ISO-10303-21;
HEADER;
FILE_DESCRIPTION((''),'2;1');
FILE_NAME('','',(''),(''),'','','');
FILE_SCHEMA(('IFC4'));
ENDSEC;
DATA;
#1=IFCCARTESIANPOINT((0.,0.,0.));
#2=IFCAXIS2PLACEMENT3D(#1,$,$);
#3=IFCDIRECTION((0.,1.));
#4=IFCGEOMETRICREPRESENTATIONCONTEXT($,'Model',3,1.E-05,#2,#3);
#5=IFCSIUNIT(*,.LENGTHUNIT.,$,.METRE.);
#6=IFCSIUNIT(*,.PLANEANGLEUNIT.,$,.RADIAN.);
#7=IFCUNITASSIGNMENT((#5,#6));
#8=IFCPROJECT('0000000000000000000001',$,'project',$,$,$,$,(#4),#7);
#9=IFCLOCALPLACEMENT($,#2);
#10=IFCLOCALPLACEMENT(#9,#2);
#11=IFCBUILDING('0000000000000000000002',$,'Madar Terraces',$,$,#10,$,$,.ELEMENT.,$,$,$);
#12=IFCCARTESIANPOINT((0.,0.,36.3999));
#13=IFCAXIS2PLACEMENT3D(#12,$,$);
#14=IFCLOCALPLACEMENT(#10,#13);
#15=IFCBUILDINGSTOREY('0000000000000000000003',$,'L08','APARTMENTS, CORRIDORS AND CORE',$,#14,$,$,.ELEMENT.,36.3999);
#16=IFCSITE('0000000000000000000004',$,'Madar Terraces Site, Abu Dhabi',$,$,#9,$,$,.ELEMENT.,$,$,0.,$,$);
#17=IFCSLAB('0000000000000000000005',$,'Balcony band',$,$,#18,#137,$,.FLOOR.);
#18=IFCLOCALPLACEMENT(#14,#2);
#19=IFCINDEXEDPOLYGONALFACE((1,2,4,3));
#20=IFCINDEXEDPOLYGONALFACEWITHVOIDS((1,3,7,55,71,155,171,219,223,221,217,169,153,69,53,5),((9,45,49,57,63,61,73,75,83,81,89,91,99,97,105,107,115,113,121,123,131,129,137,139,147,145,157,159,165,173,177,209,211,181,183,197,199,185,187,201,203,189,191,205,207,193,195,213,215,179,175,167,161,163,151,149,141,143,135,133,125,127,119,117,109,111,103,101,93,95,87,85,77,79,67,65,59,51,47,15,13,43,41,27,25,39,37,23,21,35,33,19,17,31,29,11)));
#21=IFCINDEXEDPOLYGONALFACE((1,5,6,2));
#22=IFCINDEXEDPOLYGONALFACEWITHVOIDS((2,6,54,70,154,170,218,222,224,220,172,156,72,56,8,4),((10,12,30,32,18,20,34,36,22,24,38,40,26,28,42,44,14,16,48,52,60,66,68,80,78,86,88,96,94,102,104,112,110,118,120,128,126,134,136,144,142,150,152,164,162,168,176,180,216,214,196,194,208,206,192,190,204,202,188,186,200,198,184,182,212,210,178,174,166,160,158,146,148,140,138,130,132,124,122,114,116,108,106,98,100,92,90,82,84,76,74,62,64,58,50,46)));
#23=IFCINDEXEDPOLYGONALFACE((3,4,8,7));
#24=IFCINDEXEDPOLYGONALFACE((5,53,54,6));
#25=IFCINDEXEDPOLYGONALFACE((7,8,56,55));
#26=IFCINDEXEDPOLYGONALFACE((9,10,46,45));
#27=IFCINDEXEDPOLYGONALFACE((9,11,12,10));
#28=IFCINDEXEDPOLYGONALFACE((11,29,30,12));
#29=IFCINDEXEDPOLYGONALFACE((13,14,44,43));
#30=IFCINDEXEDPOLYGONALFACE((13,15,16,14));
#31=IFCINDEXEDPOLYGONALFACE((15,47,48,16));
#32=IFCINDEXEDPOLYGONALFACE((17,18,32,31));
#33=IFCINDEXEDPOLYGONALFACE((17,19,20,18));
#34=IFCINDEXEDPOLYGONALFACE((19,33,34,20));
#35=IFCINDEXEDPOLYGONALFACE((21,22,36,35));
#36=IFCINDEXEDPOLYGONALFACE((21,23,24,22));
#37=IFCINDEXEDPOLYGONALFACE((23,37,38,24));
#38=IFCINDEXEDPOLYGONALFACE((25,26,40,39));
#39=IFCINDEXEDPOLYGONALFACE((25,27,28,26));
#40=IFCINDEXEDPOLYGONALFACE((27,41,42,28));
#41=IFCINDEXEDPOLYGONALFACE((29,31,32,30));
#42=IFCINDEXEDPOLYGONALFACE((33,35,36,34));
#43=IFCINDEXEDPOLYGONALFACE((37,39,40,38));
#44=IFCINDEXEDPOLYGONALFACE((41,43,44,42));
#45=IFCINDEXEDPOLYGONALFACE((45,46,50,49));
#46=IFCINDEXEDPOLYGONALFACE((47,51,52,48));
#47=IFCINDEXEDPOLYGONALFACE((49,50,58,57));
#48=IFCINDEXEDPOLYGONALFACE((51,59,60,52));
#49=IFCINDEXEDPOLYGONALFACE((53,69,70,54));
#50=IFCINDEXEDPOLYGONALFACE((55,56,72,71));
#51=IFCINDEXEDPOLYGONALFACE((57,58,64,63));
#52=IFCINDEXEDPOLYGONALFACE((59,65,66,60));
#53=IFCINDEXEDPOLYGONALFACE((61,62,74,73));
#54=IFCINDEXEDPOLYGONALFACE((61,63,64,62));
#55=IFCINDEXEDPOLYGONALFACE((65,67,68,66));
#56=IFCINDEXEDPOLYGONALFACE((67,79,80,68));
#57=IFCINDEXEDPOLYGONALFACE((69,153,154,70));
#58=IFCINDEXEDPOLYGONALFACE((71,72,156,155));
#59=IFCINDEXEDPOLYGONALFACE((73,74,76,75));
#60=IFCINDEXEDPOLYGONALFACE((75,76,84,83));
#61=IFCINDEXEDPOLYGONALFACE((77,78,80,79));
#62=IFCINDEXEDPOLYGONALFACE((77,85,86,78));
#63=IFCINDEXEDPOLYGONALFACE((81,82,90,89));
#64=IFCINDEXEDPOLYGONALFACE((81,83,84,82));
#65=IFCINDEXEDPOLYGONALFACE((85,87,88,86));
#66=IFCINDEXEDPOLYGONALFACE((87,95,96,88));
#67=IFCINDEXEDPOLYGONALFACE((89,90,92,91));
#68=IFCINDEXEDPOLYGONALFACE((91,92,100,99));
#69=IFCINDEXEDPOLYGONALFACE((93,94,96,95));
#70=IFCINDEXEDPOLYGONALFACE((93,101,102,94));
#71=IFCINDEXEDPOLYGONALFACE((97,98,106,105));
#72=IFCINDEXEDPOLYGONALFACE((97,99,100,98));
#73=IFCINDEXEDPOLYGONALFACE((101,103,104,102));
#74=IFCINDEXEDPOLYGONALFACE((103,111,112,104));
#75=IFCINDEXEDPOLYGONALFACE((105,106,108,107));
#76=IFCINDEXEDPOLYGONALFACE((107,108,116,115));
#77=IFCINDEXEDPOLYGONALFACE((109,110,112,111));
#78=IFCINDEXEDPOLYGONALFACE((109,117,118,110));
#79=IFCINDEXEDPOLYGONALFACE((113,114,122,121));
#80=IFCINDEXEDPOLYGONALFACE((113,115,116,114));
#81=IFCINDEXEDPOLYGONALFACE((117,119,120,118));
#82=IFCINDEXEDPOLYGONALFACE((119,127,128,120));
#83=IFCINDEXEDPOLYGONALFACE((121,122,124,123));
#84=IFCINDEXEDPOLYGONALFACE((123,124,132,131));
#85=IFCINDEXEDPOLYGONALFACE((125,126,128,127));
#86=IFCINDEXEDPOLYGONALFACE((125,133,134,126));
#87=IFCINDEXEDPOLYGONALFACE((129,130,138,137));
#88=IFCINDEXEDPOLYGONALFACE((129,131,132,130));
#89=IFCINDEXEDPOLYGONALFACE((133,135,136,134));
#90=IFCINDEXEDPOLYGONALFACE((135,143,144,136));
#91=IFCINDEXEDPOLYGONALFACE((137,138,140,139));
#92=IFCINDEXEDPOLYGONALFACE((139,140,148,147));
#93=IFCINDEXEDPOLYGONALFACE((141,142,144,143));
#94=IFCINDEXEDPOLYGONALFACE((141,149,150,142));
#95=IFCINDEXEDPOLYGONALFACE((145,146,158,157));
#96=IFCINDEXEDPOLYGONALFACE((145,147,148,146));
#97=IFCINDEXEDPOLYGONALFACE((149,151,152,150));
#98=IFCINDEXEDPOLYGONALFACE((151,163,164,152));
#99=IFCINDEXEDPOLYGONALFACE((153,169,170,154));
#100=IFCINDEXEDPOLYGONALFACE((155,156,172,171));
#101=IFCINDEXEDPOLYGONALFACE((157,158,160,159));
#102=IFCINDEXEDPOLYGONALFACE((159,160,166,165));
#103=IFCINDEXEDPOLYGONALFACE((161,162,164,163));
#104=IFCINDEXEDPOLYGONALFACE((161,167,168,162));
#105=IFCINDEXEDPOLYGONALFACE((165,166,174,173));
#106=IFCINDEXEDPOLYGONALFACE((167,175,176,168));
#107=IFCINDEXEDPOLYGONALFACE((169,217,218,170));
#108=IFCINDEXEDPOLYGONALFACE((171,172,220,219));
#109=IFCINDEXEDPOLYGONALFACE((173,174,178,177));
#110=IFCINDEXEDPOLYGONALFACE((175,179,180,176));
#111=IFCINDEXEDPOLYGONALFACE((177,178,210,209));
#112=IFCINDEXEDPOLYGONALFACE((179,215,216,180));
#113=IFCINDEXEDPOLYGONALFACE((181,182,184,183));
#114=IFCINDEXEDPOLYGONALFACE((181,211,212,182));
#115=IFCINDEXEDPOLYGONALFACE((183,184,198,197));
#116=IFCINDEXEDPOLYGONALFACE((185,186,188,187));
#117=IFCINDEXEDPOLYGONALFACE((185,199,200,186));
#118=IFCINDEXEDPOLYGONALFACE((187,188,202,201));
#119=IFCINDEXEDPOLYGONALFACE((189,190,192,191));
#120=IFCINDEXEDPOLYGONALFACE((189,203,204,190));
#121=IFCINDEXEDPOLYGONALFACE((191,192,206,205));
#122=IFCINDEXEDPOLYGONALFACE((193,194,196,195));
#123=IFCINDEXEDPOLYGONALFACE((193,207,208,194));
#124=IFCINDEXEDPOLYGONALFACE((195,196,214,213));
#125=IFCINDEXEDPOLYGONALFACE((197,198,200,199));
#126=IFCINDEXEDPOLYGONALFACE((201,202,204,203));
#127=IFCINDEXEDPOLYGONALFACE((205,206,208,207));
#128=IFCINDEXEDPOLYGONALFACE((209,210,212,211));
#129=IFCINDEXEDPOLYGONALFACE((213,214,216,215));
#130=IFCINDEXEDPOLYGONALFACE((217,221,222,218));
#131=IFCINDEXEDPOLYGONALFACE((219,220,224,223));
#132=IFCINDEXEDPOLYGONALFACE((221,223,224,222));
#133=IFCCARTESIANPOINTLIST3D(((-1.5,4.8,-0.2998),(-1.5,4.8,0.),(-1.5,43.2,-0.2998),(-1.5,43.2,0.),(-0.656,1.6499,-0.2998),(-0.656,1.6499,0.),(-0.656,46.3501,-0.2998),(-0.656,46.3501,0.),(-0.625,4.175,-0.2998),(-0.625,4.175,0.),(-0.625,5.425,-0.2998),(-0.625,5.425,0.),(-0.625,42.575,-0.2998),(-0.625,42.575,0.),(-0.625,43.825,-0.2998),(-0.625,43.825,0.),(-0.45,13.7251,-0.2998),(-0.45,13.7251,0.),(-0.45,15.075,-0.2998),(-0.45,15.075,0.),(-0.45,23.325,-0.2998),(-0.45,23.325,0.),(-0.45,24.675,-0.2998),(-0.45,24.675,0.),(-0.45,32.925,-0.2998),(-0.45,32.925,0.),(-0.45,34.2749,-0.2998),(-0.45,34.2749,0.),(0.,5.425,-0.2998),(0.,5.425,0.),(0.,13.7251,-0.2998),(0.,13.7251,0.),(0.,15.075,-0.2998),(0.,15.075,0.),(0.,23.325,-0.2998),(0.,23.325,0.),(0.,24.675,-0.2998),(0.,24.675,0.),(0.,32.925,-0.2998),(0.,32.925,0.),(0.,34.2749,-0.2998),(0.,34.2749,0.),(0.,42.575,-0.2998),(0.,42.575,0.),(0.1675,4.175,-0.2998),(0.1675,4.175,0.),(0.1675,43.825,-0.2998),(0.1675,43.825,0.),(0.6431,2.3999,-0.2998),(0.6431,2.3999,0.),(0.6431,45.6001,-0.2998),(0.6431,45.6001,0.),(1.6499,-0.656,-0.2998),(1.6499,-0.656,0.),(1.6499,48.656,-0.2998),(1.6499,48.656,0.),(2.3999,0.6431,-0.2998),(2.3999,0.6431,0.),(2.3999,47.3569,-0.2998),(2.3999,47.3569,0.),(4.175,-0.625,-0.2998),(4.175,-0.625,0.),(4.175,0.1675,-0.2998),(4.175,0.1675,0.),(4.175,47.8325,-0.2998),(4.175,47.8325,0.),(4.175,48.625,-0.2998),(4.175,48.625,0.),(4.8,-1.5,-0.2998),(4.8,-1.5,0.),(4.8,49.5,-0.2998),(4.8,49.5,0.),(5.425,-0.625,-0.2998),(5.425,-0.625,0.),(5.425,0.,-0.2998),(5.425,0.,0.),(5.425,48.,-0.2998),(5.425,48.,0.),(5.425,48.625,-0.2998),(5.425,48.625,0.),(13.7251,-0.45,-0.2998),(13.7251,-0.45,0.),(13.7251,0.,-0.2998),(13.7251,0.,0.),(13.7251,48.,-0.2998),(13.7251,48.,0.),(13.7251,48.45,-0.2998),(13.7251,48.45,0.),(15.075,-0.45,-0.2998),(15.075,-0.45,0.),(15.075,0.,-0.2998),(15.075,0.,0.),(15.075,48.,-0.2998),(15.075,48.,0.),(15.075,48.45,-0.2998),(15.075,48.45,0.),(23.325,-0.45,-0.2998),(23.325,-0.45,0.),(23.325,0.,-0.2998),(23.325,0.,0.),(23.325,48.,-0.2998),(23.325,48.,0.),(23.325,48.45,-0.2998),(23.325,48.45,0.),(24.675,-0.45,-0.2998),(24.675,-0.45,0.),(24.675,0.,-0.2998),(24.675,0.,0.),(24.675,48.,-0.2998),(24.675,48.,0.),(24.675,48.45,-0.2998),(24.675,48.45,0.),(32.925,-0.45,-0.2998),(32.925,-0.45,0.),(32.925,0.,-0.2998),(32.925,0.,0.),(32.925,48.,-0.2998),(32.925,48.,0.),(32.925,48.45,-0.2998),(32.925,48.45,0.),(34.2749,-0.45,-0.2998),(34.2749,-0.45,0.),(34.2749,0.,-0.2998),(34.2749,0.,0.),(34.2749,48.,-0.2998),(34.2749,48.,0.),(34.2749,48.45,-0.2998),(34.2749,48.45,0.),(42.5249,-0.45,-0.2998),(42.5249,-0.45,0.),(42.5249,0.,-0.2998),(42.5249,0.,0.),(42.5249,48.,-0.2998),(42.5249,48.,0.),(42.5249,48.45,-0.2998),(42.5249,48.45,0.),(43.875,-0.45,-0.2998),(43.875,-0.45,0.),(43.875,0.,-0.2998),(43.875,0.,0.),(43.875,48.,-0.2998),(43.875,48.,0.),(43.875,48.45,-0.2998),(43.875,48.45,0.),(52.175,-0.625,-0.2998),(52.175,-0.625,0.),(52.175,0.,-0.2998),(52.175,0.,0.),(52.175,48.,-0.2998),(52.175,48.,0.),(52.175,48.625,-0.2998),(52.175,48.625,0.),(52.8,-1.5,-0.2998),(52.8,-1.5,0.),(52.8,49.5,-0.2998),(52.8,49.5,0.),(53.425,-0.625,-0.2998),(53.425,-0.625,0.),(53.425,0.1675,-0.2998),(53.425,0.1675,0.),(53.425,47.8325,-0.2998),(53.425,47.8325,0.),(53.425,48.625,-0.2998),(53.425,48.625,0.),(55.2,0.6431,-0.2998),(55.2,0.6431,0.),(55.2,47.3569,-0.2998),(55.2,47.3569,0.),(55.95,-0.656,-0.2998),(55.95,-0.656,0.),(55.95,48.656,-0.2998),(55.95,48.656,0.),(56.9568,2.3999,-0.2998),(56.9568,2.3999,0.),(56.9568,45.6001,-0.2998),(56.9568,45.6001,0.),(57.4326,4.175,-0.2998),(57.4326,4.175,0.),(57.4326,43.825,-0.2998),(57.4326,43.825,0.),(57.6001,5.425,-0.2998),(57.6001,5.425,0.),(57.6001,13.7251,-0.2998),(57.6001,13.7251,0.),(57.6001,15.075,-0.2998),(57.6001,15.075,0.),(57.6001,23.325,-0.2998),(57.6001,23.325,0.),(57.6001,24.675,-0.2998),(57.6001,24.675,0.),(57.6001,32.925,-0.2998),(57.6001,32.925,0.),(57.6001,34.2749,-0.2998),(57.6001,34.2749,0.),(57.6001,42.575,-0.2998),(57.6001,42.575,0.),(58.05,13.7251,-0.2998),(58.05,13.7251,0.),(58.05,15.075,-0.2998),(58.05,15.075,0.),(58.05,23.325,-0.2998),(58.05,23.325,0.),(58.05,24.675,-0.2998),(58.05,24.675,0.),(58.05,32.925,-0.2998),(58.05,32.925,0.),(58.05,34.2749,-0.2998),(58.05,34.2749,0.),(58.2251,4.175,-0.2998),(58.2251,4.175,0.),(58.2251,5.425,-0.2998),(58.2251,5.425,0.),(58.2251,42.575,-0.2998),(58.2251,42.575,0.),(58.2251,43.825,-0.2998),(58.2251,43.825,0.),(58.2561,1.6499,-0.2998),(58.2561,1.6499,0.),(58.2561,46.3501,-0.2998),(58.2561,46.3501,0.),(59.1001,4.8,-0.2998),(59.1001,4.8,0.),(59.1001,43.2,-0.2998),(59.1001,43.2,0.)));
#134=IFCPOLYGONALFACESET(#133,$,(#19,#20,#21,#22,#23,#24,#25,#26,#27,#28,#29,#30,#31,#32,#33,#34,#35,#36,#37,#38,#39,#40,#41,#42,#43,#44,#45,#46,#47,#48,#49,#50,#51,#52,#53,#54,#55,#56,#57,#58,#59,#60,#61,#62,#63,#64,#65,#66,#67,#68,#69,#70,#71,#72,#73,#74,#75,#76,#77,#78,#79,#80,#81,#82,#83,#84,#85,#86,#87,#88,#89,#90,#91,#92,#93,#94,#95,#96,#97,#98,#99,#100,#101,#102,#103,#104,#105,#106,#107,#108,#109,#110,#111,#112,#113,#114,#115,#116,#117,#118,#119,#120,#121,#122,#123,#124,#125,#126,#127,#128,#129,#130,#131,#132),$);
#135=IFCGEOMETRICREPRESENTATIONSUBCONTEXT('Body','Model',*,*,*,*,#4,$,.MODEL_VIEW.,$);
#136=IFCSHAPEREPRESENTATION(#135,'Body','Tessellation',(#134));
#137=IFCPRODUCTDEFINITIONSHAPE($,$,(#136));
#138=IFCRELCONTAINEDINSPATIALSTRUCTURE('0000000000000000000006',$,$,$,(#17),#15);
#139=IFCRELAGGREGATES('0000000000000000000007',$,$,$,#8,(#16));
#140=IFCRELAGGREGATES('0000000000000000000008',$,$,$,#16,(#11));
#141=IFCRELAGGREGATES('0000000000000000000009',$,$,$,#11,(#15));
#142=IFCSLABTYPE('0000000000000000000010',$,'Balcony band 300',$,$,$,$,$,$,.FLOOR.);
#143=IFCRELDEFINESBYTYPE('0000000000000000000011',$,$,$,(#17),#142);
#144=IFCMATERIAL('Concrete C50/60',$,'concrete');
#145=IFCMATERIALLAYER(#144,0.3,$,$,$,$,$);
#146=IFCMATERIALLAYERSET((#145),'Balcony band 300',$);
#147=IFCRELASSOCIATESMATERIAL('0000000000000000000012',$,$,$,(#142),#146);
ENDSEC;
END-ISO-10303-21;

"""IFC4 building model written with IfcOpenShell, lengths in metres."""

from ifc_helpers import new_model, si_unit, direction, frame, origin, place, context, subcontext, project, spatial, polyline, outline, extrude, material, layer, layer_set, type_object, element, save


model = new_model("IFC4")

# Units and contexts
model_context = context("Model", 3, precision=1e-05, world=origin(), true_north=direction((0.0, 1.0)))
body_context = subcontext(model_context, "Body", "Model", "MODEL_VIEW")
ifc_project = project(units=[si_unit("LENGTHUNIT", "METRE"), si_unit("PLANEANGLEUNIT", "RADIAN")], contexts=[model_context])

# Site, building, storey
site_placement = place(None, origin())
site = spatial("IfcSite", under=ifc_project, at=site_placement, Name="Madar Terraces Site, Abu Dhabi", CompositionType="ELEMENT", RefElevation=0.0)
building_placement = place(site_placement, origin())
building = spatial("IfcBuilding", under=site, at=building_placement, Name="Madar Terraces", CompositionType="ELEMENT")
storey_placement = place(building_placement, frame((0.0, 0.0, 36.3999)))
storey = spatial("IfcBuildingStorey", under=building, at=storey_placement, Name="L08", Description="APARTMENTS, CORRIDORS AND CORE", CompositionType="ELEMENT", Elevation=36.3999)

# Slab
ifc_material_1 = material(Name="Concrete C50/60", Category="concrete")
ifc_layer_1 = layer(ifc_material_1, 0.3)
ifc_layer_set_1 = layer_set([ifc_layer_1], Name="Balcony band 300")
slab_type_1 = type_object("IfcSlabType", Name="Balcony band 300", PredefinedType="FLOOR", material=ifc_layer_set_1)
slab_1_placement = place(storey_placement, frame((0.0, 0.0, -0.2998)))
element("IfcSlab", 1, at=slab_1_placement, inside=storey, type_object=slab_type_1, Name="Balcony band", PredefinedType="FLOOR", context=body_context, shape_type="SweptSolid", body=[
    extrude(outline(polyline([(4.8, -1.5), (1.6499, -0.656), (-0.656, 1.6499), (-1.5, 4.8), (-1.5, 43.2), (-0.656, 46.3501), (1.6499, 48.656), (4.8, 49.5), (52.8, 49.5), (55.95, 48.656), (58.2561, 46.3501), (59.1001, 43.2), (59.1001, 4.8), (58.2561, 1.6499), (55.95, -0.656), (52.8, -1.5), (4.8, -1.5)]), holes=[polyline([(5.425, -0.625), (5.425, 0.0), (13.7251, 0.0), (13.7251, -0.45), (15.075, -0.45), (15.075, 0.0), (23.325, 0.0), (23.325, -0.45), (24.675, -0.45), (24.675, 0.0), (32.925, 0.0), (32.925, -0.45), (34.2749, -0.45), (34.2749, 0.0), (42.5249, 0.0), (42.5249, -0.45), (43.875, -0.45), (43.875, 0.0), (52.175, 0.0), (52.175, -0.625), (53.425, -0.625), (53.425, 0.1675), (55.2, 0.6431), (56.9568, 2.3999), (57.4326, 4.175), (58.2251, 4.175), (58.2251, 5.425), (57.6001, 5.425), (57.6001, 13.7251), (58.05, 13.7251), (58.05, 15.075), (57.6001, 15.075), (57.6001, 23.325), (58.05, 23.325), (58.05, 24.675), (57.6001, 24.675), (57.6001, 32.925), (58.05, 32.925), (58.05, 34.2749), (57.6001, 34.2749), (57.6001, 42.575), (58.2251, 42.575), (58.2251, 43.825), (57.4326, 43.825), (56.9568, 45.6001), (55.2, 47.3569), (53.425, 47.8325), (53.425, 48.625), (52.175, 48.625), (52.175, 48.0), (43.875, 48.0), (43.875, 48.45), (42.5249, 48.45), (42.5249, 48.0), (34.2749, 48.0), (34.2749, 48.45), (32.925, 48.45), (32.925, 48.0), (24.675, 48.0), (24.675, 48.45), (23.325, 48.45), (23.325, 48.0), (15.075, 48.0), (15.075, 48.45), (13.7251, 48.45), (13.7251, 48.0), (5.425, 48.0), (5.425, 48.625), (4.175, 48.625), (4.175, 47.8325), (2.3999, 47.3569), (0.6431, 45.6001), (0.1675, 43.825), (-0.625, 43.825), (-0.625, 42.575), (0.0, 42.575), (0.0, 34.2749), (-0.45, 34.2749), (-0.45, 32.925), (0.0, 32.925), (0.0, 24.675), (-0.45, 24.675), (-0.45, 23.325), (0.0, 23.325), (0.0, 15.075), (-0.45, 15.075), (-0.45, 13.7251), (0.0, 13.7251), (0.0, 5.425), (-0.625, 5.425), (-0.625, 4.175), (0.1675, 4.175), (0.6431, 2.3999), (2.3999, 0.6431), (4.175, 0.1675), (4.175, -0.625), (5.425, -0.625)])]), origin(), (0.0, 0.0, 1.0), 0.2998),
])

save(model, "model.ifc")
